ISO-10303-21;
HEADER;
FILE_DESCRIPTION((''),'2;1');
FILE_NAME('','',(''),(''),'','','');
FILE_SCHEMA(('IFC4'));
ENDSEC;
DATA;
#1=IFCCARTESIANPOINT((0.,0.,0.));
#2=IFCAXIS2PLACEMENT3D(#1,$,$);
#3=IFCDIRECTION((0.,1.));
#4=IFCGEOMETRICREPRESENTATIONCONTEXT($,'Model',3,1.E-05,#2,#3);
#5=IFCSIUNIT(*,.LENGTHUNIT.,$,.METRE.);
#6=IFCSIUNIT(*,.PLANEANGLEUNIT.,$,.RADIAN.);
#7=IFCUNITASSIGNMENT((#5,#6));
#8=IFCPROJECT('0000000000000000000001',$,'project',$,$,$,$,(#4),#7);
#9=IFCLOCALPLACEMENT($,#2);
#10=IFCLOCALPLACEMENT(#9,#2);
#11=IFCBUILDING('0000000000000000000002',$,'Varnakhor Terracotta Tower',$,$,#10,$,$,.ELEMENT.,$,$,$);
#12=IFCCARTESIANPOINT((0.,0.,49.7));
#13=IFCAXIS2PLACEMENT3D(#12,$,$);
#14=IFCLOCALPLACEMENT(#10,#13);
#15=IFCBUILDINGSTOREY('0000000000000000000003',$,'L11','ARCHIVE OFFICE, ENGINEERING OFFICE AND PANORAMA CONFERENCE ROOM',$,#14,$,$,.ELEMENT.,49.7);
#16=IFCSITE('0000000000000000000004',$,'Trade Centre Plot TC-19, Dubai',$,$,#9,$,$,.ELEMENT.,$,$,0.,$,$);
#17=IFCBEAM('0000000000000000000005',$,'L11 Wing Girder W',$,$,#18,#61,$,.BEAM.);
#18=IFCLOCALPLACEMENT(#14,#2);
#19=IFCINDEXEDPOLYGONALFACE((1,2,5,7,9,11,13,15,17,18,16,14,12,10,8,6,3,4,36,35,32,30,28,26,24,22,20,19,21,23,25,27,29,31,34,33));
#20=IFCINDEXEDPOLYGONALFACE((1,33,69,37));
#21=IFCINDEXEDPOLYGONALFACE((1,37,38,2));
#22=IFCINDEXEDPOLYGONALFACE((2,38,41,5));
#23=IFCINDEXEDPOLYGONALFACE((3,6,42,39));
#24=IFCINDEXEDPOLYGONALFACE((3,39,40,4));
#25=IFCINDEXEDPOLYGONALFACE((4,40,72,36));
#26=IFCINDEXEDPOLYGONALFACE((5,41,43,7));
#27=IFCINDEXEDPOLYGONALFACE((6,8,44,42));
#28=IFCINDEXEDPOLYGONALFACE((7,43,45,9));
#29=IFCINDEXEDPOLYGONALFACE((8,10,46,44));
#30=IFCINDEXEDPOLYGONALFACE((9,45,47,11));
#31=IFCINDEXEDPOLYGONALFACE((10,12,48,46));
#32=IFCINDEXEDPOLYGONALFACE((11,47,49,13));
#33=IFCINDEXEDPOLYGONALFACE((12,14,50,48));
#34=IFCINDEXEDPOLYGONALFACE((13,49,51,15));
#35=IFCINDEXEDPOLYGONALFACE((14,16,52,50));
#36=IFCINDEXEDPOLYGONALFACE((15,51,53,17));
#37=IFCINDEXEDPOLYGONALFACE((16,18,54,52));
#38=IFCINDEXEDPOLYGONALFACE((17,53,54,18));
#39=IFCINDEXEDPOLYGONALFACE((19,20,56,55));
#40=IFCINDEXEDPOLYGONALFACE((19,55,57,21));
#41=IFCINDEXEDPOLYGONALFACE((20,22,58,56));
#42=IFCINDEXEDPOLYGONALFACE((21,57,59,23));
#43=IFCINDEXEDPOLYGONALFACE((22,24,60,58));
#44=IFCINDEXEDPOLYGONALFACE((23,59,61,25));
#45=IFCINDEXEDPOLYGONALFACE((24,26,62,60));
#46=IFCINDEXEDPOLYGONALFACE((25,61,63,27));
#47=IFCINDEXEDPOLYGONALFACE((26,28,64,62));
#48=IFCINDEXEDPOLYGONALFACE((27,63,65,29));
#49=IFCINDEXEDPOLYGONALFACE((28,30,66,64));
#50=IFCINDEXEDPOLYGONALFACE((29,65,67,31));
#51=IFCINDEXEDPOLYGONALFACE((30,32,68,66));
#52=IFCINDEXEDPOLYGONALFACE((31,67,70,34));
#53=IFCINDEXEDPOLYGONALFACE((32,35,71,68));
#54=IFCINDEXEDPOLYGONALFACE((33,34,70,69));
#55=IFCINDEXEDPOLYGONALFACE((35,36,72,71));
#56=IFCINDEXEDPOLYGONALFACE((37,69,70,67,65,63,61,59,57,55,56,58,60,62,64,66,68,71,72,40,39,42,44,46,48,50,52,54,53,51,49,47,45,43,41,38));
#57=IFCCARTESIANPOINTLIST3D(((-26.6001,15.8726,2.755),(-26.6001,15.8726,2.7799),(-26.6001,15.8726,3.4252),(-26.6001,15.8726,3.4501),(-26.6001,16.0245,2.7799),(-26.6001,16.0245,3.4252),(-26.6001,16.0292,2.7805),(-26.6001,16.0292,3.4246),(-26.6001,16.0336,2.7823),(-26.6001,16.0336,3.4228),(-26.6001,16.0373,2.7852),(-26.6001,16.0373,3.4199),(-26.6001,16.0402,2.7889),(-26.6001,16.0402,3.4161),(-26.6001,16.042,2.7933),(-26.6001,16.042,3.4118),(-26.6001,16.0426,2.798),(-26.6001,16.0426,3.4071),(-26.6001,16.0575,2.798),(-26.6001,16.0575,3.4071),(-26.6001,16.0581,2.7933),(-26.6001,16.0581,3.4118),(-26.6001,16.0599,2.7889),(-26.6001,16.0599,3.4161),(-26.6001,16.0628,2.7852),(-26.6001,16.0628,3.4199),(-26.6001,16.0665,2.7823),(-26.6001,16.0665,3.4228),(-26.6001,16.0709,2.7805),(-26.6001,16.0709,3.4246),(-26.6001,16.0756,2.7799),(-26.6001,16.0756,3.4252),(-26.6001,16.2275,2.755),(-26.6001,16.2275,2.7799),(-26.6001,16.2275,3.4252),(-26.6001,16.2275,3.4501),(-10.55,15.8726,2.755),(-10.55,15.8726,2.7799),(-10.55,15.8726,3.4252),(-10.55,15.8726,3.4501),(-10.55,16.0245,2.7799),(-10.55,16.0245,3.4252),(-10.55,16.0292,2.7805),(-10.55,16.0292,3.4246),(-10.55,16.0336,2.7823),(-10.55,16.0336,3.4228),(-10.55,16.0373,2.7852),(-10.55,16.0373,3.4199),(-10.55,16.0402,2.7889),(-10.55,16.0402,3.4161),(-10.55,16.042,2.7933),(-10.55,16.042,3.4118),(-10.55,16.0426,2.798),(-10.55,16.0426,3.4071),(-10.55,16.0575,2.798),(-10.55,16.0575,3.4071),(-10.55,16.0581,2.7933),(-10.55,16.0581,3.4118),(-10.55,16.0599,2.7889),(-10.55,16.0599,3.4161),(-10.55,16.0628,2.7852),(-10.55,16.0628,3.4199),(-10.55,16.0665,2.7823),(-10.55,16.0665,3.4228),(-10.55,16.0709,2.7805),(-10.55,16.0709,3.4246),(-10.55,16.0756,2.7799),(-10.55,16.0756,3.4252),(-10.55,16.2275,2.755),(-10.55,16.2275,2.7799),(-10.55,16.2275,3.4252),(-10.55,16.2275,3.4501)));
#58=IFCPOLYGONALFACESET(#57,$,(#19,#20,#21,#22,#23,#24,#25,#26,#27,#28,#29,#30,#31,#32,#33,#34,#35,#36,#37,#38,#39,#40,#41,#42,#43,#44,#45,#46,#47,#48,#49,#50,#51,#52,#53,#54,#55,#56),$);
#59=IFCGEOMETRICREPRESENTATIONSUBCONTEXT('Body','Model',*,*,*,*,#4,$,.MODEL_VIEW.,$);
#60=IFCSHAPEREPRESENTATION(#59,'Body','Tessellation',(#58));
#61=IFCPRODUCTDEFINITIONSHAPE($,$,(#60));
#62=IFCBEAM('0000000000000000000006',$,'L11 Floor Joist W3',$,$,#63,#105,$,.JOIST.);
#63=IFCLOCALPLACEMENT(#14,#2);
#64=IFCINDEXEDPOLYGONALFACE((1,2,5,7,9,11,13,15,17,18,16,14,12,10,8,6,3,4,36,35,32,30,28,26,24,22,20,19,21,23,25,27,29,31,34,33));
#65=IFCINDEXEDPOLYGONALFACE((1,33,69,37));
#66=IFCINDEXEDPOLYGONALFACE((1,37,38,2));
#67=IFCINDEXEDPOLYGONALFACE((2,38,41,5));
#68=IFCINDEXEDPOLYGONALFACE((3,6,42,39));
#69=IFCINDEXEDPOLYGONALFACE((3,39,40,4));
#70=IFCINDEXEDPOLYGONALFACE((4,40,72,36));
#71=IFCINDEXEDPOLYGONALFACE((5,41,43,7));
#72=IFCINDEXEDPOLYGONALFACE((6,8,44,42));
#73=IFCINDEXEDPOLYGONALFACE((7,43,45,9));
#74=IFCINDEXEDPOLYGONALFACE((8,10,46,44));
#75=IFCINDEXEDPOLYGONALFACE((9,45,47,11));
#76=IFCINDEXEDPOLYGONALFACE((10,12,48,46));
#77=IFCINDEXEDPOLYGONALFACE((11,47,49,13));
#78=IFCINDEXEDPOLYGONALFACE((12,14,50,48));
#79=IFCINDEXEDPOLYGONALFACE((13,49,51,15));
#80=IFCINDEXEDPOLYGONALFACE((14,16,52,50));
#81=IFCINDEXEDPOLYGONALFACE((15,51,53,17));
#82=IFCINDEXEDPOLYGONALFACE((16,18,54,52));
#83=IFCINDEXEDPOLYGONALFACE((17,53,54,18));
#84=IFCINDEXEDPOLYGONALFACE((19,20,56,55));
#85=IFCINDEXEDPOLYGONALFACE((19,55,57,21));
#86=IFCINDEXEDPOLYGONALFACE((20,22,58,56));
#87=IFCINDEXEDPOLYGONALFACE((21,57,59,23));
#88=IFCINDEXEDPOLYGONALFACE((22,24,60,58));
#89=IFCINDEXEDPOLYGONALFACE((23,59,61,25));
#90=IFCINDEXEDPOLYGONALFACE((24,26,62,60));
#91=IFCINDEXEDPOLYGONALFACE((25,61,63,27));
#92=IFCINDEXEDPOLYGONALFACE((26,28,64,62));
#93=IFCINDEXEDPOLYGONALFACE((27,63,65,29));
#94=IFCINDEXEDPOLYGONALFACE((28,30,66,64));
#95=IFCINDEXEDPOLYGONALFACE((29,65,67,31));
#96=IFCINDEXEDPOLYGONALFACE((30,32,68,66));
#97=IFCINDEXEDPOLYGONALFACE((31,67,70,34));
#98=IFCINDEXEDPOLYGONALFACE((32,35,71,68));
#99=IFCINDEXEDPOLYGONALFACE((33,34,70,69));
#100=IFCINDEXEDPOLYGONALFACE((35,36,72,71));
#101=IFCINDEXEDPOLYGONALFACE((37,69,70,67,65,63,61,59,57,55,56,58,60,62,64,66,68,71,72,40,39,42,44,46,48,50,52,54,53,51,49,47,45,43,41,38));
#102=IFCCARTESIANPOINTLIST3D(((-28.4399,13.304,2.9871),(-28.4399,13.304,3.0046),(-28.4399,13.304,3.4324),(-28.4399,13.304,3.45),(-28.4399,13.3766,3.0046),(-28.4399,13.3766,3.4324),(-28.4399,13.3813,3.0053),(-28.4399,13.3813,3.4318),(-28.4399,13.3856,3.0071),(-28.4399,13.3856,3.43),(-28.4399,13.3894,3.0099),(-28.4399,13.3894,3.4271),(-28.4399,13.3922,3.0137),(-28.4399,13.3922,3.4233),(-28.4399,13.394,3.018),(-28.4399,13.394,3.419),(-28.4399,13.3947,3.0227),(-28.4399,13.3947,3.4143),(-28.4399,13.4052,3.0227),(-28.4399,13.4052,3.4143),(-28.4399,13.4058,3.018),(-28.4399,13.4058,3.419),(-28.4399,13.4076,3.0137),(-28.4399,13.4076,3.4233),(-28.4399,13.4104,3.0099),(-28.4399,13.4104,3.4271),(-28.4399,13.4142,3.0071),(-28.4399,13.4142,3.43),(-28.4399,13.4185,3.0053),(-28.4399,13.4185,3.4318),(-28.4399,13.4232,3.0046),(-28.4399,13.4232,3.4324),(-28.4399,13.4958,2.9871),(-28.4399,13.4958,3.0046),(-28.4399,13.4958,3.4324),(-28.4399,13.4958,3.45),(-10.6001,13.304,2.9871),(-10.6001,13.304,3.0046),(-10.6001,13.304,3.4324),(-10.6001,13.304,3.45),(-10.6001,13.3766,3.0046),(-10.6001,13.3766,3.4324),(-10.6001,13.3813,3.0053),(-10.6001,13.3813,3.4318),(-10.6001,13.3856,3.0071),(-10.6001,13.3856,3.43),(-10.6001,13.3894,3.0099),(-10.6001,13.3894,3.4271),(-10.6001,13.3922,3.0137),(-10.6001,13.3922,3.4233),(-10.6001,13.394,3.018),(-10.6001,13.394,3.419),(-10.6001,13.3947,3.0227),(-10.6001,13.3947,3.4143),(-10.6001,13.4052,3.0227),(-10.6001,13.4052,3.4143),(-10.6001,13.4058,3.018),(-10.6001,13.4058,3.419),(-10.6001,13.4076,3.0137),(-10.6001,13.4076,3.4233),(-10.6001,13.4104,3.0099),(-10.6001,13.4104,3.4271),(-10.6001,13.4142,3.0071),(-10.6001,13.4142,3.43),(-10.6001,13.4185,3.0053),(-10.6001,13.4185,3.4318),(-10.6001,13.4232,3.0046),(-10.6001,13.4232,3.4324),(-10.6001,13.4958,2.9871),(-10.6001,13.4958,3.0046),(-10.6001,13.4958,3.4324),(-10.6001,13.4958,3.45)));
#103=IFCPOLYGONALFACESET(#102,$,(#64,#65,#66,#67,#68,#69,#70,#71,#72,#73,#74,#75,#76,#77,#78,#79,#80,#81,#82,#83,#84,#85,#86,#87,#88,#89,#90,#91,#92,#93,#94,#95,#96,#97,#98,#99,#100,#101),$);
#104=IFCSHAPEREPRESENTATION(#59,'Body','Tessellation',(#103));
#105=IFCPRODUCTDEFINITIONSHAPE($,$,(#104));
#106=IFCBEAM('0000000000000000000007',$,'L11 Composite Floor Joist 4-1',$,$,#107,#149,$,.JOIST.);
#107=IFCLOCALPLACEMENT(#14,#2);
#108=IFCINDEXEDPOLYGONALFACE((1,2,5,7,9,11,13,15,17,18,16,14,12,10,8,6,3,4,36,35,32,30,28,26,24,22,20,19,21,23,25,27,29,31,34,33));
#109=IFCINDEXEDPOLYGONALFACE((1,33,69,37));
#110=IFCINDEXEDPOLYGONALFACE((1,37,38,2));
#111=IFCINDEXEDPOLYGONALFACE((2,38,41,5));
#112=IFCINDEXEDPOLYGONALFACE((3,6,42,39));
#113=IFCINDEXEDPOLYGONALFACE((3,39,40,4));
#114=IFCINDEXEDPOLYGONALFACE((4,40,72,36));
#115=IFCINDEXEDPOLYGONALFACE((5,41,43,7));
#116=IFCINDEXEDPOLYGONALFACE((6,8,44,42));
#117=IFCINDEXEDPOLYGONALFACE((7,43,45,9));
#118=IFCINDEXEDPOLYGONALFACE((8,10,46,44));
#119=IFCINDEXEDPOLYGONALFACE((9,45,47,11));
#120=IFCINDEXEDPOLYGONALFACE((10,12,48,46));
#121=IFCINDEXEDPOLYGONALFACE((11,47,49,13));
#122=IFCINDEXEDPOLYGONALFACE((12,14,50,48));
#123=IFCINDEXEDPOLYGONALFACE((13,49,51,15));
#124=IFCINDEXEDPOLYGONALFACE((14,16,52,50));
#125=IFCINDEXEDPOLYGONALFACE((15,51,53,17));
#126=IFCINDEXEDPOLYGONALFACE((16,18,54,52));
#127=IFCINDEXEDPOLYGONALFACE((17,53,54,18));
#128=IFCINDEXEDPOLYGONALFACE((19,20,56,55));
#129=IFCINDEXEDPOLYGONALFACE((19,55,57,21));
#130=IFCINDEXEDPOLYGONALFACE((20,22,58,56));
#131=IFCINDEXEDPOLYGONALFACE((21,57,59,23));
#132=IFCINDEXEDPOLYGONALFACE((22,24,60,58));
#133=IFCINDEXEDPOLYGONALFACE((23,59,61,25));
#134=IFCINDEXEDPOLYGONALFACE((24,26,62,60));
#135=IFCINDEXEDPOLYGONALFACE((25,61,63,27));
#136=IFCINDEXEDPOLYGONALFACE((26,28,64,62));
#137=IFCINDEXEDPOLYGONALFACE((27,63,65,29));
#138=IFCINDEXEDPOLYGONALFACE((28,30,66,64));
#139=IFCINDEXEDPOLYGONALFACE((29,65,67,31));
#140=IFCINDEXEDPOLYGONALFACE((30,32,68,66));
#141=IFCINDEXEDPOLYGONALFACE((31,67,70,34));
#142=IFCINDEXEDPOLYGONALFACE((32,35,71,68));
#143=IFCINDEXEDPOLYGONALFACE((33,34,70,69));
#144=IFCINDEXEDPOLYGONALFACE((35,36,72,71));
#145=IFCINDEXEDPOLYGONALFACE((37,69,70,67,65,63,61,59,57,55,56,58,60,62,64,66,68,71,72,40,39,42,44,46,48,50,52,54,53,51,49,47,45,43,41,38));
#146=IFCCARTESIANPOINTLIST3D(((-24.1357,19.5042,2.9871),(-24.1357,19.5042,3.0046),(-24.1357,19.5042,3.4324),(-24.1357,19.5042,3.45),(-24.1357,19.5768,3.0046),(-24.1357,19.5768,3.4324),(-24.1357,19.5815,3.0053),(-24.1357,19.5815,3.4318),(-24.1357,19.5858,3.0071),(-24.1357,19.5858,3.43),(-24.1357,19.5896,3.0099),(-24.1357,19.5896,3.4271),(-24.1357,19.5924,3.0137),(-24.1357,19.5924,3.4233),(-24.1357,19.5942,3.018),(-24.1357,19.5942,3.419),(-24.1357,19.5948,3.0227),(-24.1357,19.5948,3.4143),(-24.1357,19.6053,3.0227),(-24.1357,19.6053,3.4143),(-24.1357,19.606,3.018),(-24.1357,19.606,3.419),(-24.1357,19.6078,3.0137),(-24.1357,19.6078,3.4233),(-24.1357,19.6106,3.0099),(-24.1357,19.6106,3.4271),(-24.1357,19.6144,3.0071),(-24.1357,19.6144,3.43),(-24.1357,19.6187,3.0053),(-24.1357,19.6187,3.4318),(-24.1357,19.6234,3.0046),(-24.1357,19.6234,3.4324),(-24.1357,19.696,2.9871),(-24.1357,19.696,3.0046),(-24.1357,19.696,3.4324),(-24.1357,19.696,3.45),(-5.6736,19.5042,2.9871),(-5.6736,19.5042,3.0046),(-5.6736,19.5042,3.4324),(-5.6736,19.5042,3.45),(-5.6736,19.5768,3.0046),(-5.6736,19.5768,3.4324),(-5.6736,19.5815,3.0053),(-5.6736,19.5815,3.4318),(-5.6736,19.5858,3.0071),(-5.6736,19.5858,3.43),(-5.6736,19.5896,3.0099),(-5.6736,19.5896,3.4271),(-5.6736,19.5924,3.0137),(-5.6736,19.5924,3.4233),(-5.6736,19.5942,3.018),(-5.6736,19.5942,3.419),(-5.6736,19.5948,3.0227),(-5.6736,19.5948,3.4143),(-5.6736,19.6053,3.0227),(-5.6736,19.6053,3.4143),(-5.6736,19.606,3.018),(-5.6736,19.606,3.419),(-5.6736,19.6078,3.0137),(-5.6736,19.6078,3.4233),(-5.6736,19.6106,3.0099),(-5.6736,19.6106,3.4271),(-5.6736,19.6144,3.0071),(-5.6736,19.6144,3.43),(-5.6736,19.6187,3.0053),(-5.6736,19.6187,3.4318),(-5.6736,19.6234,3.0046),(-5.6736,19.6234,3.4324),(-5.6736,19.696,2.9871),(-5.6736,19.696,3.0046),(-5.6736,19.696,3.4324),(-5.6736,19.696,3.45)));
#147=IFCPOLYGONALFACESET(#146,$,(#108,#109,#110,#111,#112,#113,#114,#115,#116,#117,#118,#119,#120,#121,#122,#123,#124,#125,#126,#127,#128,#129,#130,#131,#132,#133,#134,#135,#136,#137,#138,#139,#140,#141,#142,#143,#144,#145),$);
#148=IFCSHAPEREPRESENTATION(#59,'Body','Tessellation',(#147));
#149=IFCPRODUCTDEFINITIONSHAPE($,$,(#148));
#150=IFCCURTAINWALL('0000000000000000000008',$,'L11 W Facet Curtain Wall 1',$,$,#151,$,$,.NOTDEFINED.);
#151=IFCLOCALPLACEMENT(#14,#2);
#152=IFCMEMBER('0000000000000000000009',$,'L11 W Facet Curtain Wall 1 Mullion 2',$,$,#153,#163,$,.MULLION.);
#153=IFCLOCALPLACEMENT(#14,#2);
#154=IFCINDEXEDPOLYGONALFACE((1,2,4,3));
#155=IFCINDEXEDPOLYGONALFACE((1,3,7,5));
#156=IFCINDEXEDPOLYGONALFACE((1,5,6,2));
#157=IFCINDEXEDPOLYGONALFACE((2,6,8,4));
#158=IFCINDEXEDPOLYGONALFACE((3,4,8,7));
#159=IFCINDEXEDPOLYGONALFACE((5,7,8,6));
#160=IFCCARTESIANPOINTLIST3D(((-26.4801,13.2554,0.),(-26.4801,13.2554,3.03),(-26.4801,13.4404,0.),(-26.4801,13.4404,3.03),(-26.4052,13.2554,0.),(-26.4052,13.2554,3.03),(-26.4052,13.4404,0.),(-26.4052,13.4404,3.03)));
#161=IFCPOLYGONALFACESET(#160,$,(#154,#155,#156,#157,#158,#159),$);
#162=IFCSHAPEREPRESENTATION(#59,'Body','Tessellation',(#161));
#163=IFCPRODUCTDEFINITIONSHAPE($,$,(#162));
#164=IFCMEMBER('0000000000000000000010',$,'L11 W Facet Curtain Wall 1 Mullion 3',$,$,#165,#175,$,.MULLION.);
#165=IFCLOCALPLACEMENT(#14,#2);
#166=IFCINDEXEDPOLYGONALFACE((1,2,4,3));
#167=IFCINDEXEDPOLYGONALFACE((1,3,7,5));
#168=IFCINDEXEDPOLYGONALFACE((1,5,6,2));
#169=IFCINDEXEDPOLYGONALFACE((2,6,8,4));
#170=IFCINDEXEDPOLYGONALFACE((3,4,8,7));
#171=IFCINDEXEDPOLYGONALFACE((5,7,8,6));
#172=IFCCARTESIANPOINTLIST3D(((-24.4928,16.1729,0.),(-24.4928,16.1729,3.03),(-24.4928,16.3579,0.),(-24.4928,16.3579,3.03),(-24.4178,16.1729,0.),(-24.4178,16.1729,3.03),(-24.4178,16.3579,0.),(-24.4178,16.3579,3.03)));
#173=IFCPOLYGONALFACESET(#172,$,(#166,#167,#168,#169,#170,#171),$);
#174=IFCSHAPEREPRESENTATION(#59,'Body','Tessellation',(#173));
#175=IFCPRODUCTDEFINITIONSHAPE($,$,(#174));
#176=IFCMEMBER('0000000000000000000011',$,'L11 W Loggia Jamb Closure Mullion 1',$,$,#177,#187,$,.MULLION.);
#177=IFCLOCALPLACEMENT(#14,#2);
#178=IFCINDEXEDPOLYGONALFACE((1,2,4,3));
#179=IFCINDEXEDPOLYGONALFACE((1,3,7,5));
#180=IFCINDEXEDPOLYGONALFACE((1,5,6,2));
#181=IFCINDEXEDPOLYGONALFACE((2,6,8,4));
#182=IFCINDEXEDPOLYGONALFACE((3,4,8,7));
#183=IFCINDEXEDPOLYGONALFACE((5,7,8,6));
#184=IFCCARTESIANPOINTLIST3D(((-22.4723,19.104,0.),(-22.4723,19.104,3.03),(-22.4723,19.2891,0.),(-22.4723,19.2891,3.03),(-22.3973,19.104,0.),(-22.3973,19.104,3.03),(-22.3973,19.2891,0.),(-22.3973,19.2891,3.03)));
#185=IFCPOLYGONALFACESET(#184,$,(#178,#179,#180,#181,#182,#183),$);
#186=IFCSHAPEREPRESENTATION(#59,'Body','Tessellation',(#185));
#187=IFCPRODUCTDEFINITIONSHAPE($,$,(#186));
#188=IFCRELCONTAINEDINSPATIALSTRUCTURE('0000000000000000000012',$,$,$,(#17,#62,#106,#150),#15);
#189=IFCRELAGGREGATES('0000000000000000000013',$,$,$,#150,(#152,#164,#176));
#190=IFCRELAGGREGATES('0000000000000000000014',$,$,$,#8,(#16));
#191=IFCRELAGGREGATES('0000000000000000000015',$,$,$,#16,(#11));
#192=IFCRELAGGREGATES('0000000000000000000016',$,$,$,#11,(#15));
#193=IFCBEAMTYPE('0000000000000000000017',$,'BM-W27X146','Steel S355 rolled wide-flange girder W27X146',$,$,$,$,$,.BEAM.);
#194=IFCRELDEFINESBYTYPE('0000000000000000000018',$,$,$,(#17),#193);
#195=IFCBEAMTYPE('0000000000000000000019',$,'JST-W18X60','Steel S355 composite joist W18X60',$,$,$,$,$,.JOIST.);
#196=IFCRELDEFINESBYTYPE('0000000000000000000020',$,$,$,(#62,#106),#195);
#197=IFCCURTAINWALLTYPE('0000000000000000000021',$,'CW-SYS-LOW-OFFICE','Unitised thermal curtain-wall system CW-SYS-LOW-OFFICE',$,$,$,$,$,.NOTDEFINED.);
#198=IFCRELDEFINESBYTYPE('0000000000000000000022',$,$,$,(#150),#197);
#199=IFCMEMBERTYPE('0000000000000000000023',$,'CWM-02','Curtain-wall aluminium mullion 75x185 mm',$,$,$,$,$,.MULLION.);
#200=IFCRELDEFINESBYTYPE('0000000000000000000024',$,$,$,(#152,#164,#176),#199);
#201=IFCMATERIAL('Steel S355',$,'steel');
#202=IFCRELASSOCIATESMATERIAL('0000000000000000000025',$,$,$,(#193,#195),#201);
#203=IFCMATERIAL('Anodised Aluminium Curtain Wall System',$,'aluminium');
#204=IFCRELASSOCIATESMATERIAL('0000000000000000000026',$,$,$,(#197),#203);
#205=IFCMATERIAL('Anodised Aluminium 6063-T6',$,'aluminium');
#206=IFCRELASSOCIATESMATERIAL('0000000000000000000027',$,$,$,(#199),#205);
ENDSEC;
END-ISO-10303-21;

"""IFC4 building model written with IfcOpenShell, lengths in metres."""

from ifc_helpers import new_model, si_unit, direction, frame, origin, origin_2d, place, context, subcontext, project, spatial, rectangle, i_section, extrude, source, transform, mapped, material, material_profile, profile_set, type_object, type_shapes, element, aggregate, save


model = new_model("IFC4")

# Units and contexts
model_context = context("Model", 3, precision=1e-05, world=origin(), true_north=direction((0.0, 1.0)))
body_context = subcontext(model_context, "Body", "Model", "MODEL_VIEW")
ifc_project = project(units=[si_unit("LENGTHUNIT", "METRE"), si_unit("PLANEANGLEUNIT", "RADIAN")], contexts=[model_context])

# Site, building, storey
site_placement = place(None, origin())
site = spatial("IfcSite", under=ifc_project, at=site_placement, Name="Trade Centre Plot TC-19, Dubai", CompositionType="ELEMENT", RefElevation=0.0)
building_placement = place(site_placement, origin())
building = spatial("IfcBuilding", under=site, at=building_placement, Name="Varnakhor Terracotta Tower", CompositionType="ELEMENT")
storey_placement = place(building_placement, frame((0.0, 0.0, 49.7)))
storey = spatial("IfcBuildingStorey", under=building, at=storey_placement, Name="L11", Description="ARCHIVE OFFICE, ENGINEERING OFFICE AND PANORAMA CONFERENCE ROOM", CompositionType="ELEMENT", Elevation=49.7)

# Beams
ifc_material_1 = material(Name="Steel S355", Category="steel")
ifc_material_profile_1 = material_profile(ifc_material_1, i_section(OverallWidth=0.355, OverallDepth=0.6951, WebThickness=0.0149, FlangeThickness=0.0249, FilletRadius=0.0181, at=origin_2d()), Name="W27X146")
ifc_profile_set_1 = profile_set([ifc_material_profile_1], Name="Steel S355")
beam_type_1 = type_object("IfcBeamType", Name="BM-W27X146", Description="Steel S355 rolled wide-flange girder W27X146", PredefinedType="BEAM", material=ifc_profile_set_1)
shared_shape_1 = source(origin(), body_context, "Body", "SweptSolid", [
    extrude(i_section(OverallWidth=0.355, OverallDepth=0.6951, WebThickness=0.0149, FlangeThickness=0.0249, FilletRadius=0.0181, at=origin_2d()), origin(), (0.0, 0.0, 1.0), 16.05),
])
beam_1_placement = place(storey_placement, frame((-26.6001, 16.05, 3.1025), z_axis=(1.0, 0.0, 0.0), x_axis=(0.0, 1.0, 0.0)))
element("IfcBeam", 1, at=beam_1_placement, inside=storey, type_object=beam_type_1, Name="L11 Wing Girder W", PredefinedType="BEAM", context=body_context, shape_type="MappedRepresentation", body=[
    mapped(shared_shape_1, transform((0.0, 0.0, 0.0), scale=1.0)),
])
ifc_material_profile_2 = material_profile(ifc_material_1, i_section(OverallWidth=0.1919, OverallDepth=0.4629, WebThickness=0.0105, FlangeThickness=0.0176, FilletRadius=0.0181, at=origin_2d()), Name="W18X60")
ifc_profile_set_2 = profile_set([ifc_material_profile_2], Name="Steel S355")
beam_type_2 = type_object("IfcBeamType", Name="JST-W18X60", Description="Steel S355 composite joist W18X60", PredefinedType="JOIST", material=ifc_profile_set_2)
shared_shape_2 = source(origin(), body_context, "Body", "SweptSolid", [
    extrude(i_section(OverallWidth=0.1919, OverallDepth=0.4629, WebThickness=0.0105, FlangeThickness=0.0176, FilletRadius=0.0181, at=origin_2d()), origin(), (0.0, 0.0, 1.0), 17.8398),
])
beam_2_placement = place(storey_placement, frame((-28.4399, 13.3999, 3.2185), z_axis=(1.0, 0.0, 0.0), x_axis=(0.0, 1.0, 0.0)))
element("IfcBeam", 2, at=beam_2_placement, inside=storey, type_object=beam_type_2, Name="L11 Floor Joist W3", PredefinedType="JOIST", context=body_context, shape_type="MappedRepresentation", body=[
    mapped(shared_shape_2, transform((0.0, 0.0, 0.0), scale=1.0)),
])
shared_shape_3 = source(origin(), body_context, "Body", "SweptSolid", [
    extrude(i_section(OverallWidth=0.1919, OverallDepth=0.4629, WebThickness=0.0105, FlangeThickness=0.0176, FilletRadius=0.0181, at=origin_2d()), origin(), (0.0, 0.0, 1.0), 18.4622),
])
beam_3_placement = place(storey_placement, frame((-24.1357, 19.6001, 3.2185), z_axis=(1.0, 0.0, 0.0), x_axis=(0.0, 1.0, 0.0)))
element("IfcBeam", 3, at=beam_3_placement, inside=storey, type_object=beam_type_2, Name="L11 Composite Floor Joist 4-1", PredefinedType="JOIST", context=body_context, shape_type="MappedRepresentation", body=[
    mapped(shared_shape_3, transform((0.0, 0.0, 0.0), scale=1.0)),
])

# Curtain wall, members
ifc_material_2 = material(Name="Anodised Aluminium Curtain Wall System", Category="aluminium")
curtain_wall_type = type_object("IfcCurtainWallType", Name="CW-SYS-LOW-OFFICE", Description="Unitised thermal curtain-wall system CW-SYS-LOW-OFFICE", PredefinedType="NOTDEFINED", material=ifc_material_2)
curtain_wall_placement = place(storey_placement, origin())
curtain_wall = element("IfcCurtainWall", 4, at=curtain_wall_placement, inside=storey, type_object=curtain_wall_type, Name="L11 W Facet Curtain Wall 1", PredefinedType="NOTDEFINED")
ifc_material_3 = material(Name="Anodised Aluminium 6063-T6", Category="aluminium")
ifc_material_profile_3 = material_profile(ifc_material_3, rectangle(XDim=0.075, YDim=0.1851, at=origin_2d()), Name="ALU MULLION 75x185")
ifc_profile_set_3 = profile_set([ifc_material_profile_3], Name="Anodised Aluminium 6063-T6")
member_type_1 = type_object("IfcMemberType", Name="CWM-02", Description="Curtain-wall aluminium mullion 75x185 mm", PredefinedType="MULLION", material=ifc_profile_set_3)
shared_shape_4 = source(origin(), body_context, "Body", "SweptSolid", [
    extrude(rectangle(XDim=0.075, YDim=0.1851, at=origin_2d()), origin(), (0.0, 0.0, 1.0), 3.03),
])
type_shapes(member_type_1, [shared_shape_4])
member_1_placement = place(storey_placement, frame((-26.4426, 13.3479, 0.0), z_axis=(0.0, 0.0, 1.0), x_axis=(1.0, 0.0, 0.0)))
member_1 = element("IfcMember", 5, at=member_1_placement, type_object=member_type_1, Name="L11 W Facet Curtain Wall 1 Mullion 2", PredefinedType="MULLION", context=body_context, shape_type="MappedRepresentation", body=[
    mapped(shared_shape_4, transform((0.0, 0.0, 0.0), scale=1.0)),
])
member_2_placement = place(storey_placement, frame((-24.4553, 16.2654, 0.0), z_axis=(0.0, 0.0, 1.0), x_axis=(1.0, 0.0, 0.0)))
member_2 = element("IfcMember", 6, at=member_2_placement, type_object=member_type_1, Name="L11 W Facet Curtain Wall 1 Mullion 3", PredefinedType="MULLION", context=body_context, shape_type="MappedRepresentation", body=[
    mapped(shared_shape_4, transform((0.0, 0.0, 0.0), scale=1.0)),
])
member_3_placement = place(storey_placement, frame((-22.4348, 19.1965, 0.0), z_axis=(0.0, 0.0, 1.0), x_axis=(1.0, 0.0, 0.0)))
member_3 = element("IfcMember", 7, at=member_3_placement, type_object=member_type_1, Name="L11 W Loggia Jamb Closure Mullion 1", PredefinedType="MULLION", context=body_context, shape_type="MappedRepresentation", body=[
    mapped(shared_shape_4, transform((0.0, 0.0, 0.0), scale=1.0)),
])

aggregate(curtain_wall, [member_1, member_2, member_3])

save(model, "model.ifc")
